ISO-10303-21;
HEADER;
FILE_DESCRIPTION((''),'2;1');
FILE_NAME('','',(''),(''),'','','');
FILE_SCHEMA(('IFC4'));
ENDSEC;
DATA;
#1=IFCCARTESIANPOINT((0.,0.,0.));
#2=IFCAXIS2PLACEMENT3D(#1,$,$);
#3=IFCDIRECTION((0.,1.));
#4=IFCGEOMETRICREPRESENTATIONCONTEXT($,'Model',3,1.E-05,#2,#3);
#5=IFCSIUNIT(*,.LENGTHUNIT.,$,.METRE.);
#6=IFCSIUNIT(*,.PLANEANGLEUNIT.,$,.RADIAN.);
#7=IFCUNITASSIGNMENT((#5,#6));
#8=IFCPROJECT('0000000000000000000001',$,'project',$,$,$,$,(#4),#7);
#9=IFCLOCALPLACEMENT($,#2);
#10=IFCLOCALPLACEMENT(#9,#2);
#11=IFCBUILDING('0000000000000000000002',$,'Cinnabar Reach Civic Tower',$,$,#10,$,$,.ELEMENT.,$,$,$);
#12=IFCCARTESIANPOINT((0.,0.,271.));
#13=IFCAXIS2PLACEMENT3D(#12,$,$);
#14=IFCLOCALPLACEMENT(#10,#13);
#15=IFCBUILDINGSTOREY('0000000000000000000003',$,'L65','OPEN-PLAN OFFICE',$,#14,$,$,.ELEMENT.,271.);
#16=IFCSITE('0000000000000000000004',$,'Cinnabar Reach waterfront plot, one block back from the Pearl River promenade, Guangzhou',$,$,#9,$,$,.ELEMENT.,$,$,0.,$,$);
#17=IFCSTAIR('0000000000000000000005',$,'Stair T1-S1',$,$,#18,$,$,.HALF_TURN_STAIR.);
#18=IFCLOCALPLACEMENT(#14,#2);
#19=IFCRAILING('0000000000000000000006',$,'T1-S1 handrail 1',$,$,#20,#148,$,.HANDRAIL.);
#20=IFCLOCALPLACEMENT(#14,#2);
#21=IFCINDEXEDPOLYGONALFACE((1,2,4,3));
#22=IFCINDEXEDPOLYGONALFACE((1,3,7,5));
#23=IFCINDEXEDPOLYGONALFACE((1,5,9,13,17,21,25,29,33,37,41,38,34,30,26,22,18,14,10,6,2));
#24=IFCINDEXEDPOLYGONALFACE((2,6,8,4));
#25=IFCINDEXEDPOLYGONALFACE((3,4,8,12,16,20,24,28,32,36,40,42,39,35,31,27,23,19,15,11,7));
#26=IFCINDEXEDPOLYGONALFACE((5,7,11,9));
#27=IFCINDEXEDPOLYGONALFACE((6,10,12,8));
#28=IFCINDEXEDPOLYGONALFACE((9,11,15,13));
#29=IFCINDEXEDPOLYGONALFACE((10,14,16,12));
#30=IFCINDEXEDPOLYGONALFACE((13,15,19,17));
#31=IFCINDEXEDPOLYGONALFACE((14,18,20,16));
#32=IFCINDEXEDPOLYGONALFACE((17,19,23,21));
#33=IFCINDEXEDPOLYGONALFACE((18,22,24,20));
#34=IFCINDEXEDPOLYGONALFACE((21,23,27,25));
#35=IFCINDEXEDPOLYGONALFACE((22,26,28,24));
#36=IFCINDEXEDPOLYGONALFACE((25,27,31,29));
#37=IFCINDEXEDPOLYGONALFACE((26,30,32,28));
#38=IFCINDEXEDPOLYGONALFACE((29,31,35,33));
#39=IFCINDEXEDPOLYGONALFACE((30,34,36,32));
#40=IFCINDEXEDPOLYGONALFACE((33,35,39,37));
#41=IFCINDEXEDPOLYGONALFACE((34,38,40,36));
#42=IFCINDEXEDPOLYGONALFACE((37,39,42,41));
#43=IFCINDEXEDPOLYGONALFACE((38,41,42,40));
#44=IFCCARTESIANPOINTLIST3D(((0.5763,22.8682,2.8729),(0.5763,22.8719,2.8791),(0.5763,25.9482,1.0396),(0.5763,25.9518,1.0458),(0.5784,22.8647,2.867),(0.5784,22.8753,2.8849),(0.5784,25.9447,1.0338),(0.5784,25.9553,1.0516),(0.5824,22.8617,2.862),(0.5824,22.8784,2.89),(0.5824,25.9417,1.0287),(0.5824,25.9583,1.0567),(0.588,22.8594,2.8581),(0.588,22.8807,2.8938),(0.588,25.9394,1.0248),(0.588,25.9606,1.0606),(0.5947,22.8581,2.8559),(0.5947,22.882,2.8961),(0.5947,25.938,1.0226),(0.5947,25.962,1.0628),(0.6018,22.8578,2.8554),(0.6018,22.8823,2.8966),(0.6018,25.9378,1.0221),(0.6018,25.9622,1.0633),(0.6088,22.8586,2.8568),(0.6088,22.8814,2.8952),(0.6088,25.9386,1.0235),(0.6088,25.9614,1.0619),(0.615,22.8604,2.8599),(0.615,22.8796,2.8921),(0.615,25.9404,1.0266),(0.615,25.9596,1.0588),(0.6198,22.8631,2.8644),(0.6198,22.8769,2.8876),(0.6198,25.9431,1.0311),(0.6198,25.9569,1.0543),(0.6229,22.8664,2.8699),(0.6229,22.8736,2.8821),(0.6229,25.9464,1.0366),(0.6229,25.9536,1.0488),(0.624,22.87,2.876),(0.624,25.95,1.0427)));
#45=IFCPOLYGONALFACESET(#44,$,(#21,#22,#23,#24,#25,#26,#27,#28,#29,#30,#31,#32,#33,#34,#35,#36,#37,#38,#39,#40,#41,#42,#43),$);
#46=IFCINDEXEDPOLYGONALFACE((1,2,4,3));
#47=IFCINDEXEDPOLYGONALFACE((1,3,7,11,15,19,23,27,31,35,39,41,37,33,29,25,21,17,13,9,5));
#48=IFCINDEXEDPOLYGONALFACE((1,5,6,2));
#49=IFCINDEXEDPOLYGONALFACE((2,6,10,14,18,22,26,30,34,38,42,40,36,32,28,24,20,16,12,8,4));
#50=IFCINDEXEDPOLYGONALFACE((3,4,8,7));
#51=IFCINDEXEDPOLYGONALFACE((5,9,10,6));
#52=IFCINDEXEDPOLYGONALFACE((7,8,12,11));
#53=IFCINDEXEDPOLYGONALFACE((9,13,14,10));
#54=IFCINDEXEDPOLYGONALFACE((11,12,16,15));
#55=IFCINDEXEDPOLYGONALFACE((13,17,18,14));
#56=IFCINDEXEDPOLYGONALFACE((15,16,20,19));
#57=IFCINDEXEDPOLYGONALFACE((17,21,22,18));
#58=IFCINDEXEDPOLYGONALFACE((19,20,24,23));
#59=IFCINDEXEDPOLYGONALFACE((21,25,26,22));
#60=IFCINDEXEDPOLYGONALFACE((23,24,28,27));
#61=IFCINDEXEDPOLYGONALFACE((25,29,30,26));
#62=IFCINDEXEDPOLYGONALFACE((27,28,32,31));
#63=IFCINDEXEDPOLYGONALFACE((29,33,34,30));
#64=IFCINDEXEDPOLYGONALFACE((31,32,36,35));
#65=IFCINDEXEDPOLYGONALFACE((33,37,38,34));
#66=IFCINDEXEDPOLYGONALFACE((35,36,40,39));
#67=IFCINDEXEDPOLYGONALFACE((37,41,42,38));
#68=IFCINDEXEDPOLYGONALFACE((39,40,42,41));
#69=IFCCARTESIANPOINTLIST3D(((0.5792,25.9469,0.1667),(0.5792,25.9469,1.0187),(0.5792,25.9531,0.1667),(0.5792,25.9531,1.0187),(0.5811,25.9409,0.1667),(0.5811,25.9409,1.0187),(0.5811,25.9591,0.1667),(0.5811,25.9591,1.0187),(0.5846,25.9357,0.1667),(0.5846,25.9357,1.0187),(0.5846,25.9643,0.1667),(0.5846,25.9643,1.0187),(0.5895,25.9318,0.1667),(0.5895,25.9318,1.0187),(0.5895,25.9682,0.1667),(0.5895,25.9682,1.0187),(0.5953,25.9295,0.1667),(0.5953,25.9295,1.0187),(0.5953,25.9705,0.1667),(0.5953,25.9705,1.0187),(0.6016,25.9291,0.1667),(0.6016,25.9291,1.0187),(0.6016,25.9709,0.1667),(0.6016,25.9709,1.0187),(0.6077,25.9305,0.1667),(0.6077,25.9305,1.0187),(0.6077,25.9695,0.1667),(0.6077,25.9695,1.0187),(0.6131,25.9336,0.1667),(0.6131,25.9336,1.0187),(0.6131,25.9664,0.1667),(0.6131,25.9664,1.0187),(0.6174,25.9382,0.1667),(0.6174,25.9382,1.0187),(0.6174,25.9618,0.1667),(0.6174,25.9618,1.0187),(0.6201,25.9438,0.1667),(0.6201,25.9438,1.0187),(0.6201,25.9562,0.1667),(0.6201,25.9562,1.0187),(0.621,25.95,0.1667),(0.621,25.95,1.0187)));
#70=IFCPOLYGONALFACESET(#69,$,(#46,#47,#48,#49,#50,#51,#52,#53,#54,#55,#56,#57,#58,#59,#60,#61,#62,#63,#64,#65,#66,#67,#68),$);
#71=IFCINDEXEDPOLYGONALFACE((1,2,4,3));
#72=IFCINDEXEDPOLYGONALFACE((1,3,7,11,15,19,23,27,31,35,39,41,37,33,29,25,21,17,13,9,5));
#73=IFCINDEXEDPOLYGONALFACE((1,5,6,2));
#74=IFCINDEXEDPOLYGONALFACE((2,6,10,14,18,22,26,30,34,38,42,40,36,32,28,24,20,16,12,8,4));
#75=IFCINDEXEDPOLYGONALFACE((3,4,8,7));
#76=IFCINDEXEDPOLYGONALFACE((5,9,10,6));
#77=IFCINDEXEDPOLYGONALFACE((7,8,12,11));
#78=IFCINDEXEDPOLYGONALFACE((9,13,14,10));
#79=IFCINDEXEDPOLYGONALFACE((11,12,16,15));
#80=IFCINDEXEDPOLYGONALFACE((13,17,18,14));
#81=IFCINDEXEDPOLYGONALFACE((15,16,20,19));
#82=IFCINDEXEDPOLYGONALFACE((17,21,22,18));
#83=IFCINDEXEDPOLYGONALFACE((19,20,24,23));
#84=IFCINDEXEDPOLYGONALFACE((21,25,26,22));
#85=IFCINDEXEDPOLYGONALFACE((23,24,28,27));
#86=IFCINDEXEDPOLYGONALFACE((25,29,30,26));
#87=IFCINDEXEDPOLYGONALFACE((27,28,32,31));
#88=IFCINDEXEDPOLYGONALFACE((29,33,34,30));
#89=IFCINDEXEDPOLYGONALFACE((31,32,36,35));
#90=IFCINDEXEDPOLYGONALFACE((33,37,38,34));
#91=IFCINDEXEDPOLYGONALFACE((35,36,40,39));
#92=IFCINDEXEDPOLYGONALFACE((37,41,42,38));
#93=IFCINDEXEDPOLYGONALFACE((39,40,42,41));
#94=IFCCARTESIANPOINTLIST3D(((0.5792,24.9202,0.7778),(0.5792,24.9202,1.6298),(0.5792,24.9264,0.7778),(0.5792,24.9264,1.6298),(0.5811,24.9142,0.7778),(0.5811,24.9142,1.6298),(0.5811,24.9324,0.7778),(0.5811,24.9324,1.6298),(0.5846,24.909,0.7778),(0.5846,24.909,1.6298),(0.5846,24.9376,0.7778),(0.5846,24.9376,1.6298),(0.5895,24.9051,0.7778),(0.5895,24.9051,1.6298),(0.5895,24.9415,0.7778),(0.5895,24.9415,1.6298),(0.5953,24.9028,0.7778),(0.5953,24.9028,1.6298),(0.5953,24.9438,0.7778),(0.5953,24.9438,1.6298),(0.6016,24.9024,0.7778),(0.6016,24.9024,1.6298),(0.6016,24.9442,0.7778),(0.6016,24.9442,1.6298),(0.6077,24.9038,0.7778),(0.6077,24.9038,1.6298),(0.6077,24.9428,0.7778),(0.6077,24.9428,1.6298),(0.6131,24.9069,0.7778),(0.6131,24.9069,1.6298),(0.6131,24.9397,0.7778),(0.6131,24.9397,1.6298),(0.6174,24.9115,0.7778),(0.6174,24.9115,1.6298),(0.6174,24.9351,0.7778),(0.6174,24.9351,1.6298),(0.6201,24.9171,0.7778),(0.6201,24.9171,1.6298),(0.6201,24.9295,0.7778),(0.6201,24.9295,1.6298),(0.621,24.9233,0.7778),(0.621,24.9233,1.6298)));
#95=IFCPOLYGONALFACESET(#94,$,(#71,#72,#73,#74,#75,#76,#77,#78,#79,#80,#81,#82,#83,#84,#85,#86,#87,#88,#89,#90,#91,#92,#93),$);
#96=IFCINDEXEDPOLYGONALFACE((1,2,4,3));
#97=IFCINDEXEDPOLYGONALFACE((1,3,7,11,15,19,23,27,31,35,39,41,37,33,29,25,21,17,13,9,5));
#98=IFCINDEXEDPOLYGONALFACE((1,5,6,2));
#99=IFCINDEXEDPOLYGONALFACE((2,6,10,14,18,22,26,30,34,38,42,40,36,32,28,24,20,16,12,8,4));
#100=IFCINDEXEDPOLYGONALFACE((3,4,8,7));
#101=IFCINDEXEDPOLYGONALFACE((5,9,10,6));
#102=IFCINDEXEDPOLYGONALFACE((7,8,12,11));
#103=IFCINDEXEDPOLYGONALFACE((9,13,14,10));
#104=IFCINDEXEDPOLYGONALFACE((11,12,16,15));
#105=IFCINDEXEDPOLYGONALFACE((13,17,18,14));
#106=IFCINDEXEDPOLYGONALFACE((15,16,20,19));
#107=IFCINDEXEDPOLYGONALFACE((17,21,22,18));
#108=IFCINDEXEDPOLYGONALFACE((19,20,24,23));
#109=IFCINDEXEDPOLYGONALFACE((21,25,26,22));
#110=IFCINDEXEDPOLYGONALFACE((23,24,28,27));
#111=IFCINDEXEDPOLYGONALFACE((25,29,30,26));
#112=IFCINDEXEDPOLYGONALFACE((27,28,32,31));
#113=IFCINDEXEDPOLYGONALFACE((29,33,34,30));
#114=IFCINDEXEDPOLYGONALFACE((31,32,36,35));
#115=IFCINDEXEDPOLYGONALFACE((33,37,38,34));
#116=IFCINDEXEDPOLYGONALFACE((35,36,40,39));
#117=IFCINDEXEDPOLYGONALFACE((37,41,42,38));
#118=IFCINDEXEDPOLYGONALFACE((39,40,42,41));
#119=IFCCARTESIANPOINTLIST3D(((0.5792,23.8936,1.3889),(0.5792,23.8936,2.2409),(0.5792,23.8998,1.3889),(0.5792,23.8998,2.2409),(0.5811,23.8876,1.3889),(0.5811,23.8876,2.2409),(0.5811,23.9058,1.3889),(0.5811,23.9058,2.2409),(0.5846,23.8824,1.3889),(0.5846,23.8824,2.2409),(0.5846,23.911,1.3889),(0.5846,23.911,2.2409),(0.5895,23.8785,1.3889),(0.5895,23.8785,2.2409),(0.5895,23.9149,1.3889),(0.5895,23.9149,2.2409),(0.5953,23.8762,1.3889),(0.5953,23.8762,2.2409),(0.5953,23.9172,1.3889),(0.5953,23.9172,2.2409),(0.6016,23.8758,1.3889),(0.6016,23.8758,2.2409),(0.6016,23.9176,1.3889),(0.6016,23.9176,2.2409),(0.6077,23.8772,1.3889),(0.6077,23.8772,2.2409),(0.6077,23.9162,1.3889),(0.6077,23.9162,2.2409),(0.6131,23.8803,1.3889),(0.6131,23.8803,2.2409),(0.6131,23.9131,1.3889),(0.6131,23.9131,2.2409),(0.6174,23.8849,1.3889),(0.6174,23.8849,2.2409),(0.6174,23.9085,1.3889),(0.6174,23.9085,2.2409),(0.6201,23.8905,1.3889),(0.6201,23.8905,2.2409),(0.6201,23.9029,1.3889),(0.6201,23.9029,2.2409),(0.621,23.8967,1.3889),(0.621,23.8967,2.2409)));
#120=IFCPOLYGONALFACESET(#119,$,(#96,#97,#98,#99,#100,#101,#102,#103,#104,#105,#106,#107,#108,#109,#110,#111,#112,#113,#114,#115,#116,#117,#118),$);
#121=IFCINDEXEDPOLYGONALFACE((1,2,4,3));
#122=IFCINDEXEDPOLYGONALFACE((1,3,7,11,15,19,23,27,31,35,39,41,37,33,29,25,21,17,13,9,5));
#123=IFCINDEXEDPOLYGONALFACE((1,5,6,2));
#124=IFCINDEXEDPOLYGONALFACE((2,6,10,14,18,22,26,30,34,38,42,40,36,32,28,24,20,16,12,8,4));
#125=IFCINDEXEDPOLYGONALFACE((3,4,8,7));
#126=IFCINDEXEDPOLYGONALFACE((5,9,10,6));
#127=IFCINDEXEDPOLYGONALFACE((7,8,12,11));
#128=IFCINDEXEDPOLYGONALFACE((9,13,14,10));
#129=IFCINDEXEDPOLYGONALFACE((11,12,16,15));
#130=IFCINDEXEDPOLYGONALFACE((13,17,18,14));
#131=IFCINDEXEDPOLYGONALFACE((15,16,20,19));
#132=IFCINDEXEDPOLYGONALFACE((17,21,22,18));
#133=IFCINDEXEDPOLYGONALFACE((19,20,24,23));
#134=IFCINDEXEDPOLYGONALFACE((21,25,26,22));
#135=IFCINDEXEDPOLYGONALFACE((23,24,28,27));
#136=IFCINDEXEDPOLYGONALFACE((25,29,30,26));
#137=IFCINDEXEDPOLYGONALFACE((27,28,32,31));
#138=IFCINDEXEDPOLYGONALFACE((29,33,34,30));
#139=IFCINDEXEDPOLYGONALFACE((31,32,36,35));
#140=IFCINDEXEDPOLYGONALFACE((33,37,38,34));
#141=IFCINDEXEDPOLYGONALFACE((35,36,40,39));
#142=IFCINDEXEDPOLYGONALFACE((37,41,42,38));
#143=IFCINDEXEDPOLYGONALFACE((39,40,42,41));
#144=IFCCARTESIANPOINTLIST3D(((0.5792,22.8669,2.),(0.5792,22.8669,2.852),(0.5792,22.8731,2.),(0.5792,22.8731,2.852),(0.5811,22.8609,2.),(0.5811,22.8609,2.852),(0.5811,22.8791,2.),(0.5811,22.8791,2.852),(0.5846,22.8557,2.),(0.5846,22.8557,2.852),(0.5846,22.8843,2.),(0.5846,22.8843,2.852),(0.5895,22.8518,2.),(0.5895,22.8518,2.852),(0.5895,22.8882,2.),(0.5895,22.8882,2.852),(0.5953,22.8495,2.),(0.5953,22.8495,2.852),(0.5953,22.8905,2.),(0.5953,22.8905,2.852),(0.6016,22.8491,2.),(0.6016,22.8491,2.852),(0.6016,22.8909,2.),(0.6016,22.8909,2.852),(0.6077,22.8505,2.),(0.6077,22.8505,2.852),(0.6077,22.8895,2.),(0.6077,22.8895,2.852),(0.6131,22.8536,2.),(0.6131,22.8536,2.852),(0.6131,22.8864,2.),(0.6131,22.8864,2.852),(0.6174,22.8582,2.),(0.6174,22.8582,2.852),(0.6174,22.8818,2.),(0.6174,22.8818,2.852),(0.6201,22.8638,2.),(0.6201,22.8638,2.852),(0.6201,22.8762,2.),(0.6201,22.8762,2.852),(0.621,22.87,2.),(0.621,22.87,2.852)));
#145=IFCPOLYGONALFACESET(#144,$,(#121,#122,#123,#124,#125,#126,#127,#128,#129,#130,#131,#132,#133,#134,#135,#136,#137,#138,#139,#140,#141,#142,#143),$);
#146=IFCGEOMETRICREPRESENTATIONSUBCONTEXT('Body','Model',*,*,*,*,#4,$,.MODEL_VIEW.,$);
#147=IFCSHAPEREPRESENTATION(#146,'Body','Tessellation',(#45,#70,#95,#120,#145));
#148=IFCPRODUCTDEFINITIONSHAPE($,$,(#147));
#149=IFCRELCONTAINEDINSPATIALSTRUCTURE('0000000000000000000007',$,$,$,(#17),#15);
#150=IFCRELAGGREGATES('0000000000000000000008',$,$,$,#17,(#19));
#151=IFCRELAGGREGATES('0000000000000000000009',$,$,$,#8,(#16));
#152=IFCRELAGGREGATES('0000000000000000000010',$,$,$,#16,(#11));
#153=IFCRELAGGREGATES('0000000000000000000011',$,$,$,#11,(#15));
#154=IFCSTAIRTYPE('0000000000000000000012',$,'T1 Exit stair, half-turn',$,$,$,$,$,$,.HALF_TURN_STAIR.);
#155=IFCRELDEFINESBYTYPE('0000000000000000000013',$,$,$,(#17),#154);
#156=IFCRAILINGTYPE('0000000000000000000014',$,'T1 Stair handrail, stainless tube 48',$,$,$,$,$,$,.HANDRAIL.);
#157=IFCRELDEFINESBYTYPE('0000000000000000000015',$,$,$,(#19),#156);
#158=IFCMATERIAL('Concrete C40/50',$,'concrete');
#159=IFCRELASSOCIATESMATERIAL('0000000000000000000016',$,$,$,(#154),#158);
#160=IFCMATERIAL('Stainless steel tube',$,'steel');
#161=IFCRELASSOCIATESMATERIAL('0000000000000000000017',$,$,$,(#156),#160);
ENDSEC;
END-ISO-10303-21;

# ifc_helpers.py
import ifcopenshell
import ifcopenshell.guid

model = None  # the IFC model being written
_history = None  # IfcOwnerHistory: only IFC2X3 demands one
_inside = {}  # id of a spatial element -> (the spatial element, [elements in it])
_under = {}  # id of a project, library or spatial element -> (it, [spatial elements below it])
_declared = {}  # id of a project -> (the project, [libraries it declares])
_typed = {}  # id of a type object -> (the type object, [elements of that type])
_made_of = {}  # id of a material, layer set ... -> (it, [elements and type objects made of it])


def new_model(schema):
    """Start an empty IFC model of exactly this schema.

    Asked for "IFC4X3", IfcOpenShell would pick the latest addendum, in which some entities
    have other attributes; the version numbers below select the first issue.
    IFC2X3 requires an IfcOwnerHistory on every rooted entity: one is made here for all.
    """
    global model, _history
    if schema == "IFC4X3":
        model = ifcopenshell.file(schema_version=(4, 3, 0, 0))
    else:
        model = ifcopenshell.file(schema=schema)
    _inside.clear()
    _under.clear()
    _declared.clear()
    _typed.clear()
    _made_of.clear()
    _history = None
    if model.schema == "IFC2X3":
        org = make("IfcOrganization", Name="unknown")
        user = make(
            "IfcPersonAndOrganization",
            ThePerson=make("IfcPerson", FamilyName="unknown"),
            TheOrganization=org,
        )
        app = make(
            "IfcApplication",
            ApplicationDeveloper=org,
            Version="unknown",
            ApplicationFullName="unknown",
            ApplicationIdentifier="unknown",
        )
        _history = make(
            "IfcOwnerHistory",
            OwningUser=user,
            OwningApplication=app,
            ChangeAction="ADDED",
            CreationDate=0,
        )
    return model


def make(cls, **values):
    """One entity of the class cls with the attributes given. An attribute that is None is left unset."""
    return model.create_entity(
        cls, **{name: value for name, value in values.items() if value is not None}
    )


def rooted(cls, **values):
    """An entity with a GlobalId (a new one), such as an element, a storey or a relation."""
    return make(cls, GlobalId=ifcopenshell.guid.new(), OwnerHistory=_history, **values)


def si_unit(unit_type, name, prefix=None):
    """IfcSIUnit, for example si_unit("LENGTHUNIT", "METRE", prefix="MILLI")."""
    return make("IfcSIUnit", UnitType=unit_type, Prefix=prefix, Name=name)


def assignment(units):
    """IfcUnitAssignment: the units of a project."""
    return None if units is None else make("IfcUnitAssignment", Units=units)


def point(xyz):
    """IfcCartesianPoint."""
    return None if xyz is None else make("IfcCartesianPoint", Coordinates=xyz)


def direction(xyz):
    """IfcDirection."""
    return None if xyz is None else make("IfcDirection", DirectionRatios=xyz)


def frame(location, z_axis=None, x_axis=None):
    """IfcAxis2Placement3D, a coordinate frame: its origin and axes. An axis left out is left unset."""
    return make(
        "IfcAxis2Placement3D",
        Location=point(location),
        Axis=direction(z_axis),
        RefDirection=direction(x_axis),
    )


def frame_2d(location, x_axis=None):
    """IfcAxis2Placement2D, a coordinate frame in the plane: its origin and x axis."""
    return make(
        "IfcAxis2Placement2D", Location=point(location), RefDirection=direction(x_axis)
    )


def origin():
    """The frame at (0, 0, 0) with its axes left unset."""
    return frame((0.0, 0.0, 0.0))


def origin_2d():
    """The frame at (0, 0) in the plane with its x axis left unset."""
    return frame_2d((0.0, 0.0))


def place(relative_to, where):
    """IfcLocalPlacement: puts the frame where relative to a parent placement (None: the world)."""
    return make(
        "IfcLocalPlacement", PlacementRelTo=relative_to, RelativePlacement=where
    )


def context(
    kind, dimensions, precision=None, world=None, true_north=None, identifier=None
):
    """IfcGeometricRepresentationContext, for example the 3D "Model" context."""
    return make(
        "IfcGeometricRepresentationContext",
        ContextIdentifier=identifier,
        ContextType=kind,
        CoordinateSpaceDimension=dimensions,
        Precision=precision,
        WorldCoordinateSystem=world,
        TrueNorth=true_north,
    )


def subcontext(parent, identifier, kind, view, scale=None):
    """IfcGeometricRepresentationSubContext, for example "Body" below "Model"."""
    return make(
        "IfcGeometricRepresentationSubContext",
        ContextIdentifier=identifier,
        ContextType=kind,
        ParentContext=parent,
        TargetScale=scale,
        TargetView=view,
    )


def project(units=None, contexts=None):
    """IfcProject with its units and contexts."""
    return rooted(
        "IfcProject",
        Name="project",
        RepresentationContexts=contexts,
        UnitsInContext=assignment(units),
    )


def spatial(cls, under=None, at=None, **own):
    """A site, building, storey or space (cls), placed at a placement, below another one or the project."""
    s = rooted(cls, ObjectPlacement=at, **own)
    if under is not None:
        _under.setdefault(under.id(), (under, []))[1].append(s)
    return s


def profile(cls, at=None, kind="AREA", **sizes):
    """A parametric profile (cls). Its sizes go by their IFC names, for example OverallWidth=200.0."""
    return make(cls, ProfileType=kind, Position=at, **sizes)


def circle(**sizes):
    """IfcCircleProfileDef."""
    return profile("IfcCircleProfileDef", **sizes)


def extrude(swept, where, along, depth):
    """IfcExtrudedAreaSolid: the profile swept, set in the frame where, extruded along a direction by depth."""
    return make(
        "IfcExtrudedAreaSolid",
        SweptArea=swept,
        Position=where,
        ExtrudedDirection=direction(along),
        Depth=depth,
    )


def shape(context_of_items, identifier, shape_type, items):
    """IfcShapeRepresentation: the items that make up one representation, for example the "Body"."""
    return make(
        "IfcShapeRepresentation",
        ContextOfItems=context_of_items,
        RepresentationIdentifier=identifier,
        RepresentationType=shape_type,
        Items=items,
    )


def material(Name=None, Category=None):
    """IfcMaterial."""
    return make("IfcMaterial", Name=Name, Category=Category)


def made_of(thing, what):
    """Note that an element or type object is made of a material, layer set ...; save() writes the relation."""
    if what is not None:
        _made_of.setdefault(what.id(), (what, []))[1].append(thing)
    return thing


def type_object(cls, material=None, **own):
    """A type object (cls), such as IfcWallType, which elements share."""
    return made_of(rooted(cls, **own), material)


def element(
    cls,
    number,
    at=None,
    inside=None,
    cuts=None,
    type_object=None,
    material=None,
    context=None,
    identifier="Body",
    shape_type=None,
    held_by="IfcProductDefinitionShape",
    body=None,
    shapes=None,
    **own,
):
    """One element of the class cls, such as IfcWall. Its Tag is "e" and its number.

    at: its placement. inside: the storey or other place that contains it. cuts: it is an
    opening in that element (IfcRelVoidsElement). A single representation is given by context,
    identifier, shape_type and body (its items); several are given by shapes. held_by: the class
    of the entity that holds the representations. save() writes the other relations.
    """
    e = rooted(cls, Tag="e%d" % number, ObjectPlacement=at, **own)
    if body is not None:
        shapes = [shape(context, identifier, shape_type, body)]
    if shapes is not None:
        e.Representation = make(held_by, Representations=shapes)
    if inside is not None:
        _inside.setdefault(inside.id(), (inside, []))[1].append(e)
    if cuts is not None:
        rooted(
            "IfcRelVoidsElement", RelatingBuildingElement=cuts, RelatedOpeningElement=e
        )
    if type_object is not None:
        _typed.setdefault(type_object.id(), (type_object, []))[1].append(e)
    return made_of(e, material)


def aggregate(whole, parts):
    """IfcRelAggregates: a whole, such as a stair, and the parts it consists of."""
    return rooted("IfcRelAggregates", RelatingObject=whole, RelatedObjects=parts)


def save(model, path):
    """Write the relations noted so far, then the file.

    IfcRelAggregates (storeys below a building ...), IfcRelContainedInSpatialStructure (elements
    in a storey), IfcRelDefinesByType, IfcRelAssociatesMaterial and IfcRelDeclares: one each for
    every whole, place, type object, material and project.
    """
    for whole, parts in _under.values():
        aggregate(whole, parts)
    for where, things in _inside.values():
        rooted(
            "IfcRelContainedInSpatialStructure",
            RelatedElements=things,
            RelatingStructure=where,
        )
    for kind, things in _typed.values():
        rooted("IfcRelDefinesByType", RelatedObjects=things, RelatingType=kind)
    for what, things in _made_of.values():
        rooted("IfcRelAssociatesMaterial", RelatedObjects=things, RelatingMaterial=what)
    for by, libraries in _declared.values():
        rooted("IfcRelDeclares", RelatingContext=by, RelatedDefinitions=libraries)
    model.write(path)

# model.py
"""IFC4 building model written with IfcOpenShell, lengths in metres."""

from ifc_helpers import new_model, si_unit, direction, frame, origin, origin_2d, place, context, subcontext, project, spatial, circle, extrude, material, type_object, element, aggregate, save


model = new_model("IFC4")

# Units and contexts
model_context = context("Model", 3, precision=1e-05, world=origin(), true_north=direction((0.0, 1.0)))
body_context = subcontext(model_context, "Body", "Model", "MODEL_VIEW")
ifc_project = project(units=[si_unit("LENGTHUNIT", "METRE"), si_unit("PLANEANGLEUNIT", "RADIAN")], contexts=[model_context])

# Site, building, storey
site_placement = place(None, origin())
site = spatial("IfcSite", under=ifc_project, at=site_placement, Name="Cinnabar Reach waterfront plot, one block back from the Pearl River promenade, Guangzhou", CompositionType="ELEMENT", RefElevation=0.0)
building_placement = place(site_placement, origin())
building = spatial("IfcBuilding", under=site, at=building_placement, Name="Cinnabar Reach Civic Tower", CompositionType="ELEMENT")
storey_placement = place(building_placement, frame((0.0, 0.0, 271.0)))
storey = spatial("IfcBuildingStorey", under=building, at=storey_placement, Name="L65", Description="OPEN-PLAN OFFICE", CompositionType="ELEMENT", Elevation=271.0)

# Shared definitions
ifc_material_1 = material(Name="Concrete C40/50", Category="concrete")

# Stair, railing
stair_type = type_object("IfcStairType", Name="T1 Exit stair, half-turn", PredefinedType="HALF_TURN_STAIR", material=ifc_material_1)
stair_placement = place(storey_placement, origin())
stair = element("IfcStair", 1, at=stair_placement, inside=storey, type_object=stair_type, Name="Stair T1-S1", PredefinedType="HALF_TURN_STAIR")
ifc_material_2 = material(Name="Stainless steel tube", Category="steel")
railing_type = type_object("IfcRailingType", Name="T1 Stair handrail, stainless tube 48", PredefinedType="HANDRAIL", material=ifc_material_2)
railing_1_placement = place(storey_placement, frame((0.6, 25.95, 0.1667)))
railing_1 = element("IfcRailing", 2, at=railing_1_placement, type_object=railing_type, Name="T1-S1 handrail 1", PredefinedType="HANDRAIL", context=body_context, shape_type="SweptSolid", body=[
    extrude(circle(Radius=0.024, at=origin_2d()), frame((0.0, 0.0, 0.876), z_axis=(0.0, -0.859297, 0.511477), x_axis=(1.0, 0.0, 0.0)), (0.0, 0.0, 1.0), 3.5843),
    extrude(circle(Radius=0.021, at=origin_2d()), origin(), (0.0, 0.0, 1.0), 0.852),
    extrude(circle(Radius=0.021, at=origin_2d()), frame((0.0, -1.0267, 0.6111)), (0.0, 0.0, 1.0), 0.852),
    extrude(circle(Radius=0.021, at=origin_2d()), frame((0.0, -2.0533, 1.2222)), (0.0, 0.0, 1.0), 0.852),
    extrude(circle(Radius=0.021, at=origin_2d()), frame((0.0, -3.08, 1.8333)), (0.0, 0.0, 1.0), 0.852),
])
aggregate(stair, [railing_1])

save(model, "model.ifc")
